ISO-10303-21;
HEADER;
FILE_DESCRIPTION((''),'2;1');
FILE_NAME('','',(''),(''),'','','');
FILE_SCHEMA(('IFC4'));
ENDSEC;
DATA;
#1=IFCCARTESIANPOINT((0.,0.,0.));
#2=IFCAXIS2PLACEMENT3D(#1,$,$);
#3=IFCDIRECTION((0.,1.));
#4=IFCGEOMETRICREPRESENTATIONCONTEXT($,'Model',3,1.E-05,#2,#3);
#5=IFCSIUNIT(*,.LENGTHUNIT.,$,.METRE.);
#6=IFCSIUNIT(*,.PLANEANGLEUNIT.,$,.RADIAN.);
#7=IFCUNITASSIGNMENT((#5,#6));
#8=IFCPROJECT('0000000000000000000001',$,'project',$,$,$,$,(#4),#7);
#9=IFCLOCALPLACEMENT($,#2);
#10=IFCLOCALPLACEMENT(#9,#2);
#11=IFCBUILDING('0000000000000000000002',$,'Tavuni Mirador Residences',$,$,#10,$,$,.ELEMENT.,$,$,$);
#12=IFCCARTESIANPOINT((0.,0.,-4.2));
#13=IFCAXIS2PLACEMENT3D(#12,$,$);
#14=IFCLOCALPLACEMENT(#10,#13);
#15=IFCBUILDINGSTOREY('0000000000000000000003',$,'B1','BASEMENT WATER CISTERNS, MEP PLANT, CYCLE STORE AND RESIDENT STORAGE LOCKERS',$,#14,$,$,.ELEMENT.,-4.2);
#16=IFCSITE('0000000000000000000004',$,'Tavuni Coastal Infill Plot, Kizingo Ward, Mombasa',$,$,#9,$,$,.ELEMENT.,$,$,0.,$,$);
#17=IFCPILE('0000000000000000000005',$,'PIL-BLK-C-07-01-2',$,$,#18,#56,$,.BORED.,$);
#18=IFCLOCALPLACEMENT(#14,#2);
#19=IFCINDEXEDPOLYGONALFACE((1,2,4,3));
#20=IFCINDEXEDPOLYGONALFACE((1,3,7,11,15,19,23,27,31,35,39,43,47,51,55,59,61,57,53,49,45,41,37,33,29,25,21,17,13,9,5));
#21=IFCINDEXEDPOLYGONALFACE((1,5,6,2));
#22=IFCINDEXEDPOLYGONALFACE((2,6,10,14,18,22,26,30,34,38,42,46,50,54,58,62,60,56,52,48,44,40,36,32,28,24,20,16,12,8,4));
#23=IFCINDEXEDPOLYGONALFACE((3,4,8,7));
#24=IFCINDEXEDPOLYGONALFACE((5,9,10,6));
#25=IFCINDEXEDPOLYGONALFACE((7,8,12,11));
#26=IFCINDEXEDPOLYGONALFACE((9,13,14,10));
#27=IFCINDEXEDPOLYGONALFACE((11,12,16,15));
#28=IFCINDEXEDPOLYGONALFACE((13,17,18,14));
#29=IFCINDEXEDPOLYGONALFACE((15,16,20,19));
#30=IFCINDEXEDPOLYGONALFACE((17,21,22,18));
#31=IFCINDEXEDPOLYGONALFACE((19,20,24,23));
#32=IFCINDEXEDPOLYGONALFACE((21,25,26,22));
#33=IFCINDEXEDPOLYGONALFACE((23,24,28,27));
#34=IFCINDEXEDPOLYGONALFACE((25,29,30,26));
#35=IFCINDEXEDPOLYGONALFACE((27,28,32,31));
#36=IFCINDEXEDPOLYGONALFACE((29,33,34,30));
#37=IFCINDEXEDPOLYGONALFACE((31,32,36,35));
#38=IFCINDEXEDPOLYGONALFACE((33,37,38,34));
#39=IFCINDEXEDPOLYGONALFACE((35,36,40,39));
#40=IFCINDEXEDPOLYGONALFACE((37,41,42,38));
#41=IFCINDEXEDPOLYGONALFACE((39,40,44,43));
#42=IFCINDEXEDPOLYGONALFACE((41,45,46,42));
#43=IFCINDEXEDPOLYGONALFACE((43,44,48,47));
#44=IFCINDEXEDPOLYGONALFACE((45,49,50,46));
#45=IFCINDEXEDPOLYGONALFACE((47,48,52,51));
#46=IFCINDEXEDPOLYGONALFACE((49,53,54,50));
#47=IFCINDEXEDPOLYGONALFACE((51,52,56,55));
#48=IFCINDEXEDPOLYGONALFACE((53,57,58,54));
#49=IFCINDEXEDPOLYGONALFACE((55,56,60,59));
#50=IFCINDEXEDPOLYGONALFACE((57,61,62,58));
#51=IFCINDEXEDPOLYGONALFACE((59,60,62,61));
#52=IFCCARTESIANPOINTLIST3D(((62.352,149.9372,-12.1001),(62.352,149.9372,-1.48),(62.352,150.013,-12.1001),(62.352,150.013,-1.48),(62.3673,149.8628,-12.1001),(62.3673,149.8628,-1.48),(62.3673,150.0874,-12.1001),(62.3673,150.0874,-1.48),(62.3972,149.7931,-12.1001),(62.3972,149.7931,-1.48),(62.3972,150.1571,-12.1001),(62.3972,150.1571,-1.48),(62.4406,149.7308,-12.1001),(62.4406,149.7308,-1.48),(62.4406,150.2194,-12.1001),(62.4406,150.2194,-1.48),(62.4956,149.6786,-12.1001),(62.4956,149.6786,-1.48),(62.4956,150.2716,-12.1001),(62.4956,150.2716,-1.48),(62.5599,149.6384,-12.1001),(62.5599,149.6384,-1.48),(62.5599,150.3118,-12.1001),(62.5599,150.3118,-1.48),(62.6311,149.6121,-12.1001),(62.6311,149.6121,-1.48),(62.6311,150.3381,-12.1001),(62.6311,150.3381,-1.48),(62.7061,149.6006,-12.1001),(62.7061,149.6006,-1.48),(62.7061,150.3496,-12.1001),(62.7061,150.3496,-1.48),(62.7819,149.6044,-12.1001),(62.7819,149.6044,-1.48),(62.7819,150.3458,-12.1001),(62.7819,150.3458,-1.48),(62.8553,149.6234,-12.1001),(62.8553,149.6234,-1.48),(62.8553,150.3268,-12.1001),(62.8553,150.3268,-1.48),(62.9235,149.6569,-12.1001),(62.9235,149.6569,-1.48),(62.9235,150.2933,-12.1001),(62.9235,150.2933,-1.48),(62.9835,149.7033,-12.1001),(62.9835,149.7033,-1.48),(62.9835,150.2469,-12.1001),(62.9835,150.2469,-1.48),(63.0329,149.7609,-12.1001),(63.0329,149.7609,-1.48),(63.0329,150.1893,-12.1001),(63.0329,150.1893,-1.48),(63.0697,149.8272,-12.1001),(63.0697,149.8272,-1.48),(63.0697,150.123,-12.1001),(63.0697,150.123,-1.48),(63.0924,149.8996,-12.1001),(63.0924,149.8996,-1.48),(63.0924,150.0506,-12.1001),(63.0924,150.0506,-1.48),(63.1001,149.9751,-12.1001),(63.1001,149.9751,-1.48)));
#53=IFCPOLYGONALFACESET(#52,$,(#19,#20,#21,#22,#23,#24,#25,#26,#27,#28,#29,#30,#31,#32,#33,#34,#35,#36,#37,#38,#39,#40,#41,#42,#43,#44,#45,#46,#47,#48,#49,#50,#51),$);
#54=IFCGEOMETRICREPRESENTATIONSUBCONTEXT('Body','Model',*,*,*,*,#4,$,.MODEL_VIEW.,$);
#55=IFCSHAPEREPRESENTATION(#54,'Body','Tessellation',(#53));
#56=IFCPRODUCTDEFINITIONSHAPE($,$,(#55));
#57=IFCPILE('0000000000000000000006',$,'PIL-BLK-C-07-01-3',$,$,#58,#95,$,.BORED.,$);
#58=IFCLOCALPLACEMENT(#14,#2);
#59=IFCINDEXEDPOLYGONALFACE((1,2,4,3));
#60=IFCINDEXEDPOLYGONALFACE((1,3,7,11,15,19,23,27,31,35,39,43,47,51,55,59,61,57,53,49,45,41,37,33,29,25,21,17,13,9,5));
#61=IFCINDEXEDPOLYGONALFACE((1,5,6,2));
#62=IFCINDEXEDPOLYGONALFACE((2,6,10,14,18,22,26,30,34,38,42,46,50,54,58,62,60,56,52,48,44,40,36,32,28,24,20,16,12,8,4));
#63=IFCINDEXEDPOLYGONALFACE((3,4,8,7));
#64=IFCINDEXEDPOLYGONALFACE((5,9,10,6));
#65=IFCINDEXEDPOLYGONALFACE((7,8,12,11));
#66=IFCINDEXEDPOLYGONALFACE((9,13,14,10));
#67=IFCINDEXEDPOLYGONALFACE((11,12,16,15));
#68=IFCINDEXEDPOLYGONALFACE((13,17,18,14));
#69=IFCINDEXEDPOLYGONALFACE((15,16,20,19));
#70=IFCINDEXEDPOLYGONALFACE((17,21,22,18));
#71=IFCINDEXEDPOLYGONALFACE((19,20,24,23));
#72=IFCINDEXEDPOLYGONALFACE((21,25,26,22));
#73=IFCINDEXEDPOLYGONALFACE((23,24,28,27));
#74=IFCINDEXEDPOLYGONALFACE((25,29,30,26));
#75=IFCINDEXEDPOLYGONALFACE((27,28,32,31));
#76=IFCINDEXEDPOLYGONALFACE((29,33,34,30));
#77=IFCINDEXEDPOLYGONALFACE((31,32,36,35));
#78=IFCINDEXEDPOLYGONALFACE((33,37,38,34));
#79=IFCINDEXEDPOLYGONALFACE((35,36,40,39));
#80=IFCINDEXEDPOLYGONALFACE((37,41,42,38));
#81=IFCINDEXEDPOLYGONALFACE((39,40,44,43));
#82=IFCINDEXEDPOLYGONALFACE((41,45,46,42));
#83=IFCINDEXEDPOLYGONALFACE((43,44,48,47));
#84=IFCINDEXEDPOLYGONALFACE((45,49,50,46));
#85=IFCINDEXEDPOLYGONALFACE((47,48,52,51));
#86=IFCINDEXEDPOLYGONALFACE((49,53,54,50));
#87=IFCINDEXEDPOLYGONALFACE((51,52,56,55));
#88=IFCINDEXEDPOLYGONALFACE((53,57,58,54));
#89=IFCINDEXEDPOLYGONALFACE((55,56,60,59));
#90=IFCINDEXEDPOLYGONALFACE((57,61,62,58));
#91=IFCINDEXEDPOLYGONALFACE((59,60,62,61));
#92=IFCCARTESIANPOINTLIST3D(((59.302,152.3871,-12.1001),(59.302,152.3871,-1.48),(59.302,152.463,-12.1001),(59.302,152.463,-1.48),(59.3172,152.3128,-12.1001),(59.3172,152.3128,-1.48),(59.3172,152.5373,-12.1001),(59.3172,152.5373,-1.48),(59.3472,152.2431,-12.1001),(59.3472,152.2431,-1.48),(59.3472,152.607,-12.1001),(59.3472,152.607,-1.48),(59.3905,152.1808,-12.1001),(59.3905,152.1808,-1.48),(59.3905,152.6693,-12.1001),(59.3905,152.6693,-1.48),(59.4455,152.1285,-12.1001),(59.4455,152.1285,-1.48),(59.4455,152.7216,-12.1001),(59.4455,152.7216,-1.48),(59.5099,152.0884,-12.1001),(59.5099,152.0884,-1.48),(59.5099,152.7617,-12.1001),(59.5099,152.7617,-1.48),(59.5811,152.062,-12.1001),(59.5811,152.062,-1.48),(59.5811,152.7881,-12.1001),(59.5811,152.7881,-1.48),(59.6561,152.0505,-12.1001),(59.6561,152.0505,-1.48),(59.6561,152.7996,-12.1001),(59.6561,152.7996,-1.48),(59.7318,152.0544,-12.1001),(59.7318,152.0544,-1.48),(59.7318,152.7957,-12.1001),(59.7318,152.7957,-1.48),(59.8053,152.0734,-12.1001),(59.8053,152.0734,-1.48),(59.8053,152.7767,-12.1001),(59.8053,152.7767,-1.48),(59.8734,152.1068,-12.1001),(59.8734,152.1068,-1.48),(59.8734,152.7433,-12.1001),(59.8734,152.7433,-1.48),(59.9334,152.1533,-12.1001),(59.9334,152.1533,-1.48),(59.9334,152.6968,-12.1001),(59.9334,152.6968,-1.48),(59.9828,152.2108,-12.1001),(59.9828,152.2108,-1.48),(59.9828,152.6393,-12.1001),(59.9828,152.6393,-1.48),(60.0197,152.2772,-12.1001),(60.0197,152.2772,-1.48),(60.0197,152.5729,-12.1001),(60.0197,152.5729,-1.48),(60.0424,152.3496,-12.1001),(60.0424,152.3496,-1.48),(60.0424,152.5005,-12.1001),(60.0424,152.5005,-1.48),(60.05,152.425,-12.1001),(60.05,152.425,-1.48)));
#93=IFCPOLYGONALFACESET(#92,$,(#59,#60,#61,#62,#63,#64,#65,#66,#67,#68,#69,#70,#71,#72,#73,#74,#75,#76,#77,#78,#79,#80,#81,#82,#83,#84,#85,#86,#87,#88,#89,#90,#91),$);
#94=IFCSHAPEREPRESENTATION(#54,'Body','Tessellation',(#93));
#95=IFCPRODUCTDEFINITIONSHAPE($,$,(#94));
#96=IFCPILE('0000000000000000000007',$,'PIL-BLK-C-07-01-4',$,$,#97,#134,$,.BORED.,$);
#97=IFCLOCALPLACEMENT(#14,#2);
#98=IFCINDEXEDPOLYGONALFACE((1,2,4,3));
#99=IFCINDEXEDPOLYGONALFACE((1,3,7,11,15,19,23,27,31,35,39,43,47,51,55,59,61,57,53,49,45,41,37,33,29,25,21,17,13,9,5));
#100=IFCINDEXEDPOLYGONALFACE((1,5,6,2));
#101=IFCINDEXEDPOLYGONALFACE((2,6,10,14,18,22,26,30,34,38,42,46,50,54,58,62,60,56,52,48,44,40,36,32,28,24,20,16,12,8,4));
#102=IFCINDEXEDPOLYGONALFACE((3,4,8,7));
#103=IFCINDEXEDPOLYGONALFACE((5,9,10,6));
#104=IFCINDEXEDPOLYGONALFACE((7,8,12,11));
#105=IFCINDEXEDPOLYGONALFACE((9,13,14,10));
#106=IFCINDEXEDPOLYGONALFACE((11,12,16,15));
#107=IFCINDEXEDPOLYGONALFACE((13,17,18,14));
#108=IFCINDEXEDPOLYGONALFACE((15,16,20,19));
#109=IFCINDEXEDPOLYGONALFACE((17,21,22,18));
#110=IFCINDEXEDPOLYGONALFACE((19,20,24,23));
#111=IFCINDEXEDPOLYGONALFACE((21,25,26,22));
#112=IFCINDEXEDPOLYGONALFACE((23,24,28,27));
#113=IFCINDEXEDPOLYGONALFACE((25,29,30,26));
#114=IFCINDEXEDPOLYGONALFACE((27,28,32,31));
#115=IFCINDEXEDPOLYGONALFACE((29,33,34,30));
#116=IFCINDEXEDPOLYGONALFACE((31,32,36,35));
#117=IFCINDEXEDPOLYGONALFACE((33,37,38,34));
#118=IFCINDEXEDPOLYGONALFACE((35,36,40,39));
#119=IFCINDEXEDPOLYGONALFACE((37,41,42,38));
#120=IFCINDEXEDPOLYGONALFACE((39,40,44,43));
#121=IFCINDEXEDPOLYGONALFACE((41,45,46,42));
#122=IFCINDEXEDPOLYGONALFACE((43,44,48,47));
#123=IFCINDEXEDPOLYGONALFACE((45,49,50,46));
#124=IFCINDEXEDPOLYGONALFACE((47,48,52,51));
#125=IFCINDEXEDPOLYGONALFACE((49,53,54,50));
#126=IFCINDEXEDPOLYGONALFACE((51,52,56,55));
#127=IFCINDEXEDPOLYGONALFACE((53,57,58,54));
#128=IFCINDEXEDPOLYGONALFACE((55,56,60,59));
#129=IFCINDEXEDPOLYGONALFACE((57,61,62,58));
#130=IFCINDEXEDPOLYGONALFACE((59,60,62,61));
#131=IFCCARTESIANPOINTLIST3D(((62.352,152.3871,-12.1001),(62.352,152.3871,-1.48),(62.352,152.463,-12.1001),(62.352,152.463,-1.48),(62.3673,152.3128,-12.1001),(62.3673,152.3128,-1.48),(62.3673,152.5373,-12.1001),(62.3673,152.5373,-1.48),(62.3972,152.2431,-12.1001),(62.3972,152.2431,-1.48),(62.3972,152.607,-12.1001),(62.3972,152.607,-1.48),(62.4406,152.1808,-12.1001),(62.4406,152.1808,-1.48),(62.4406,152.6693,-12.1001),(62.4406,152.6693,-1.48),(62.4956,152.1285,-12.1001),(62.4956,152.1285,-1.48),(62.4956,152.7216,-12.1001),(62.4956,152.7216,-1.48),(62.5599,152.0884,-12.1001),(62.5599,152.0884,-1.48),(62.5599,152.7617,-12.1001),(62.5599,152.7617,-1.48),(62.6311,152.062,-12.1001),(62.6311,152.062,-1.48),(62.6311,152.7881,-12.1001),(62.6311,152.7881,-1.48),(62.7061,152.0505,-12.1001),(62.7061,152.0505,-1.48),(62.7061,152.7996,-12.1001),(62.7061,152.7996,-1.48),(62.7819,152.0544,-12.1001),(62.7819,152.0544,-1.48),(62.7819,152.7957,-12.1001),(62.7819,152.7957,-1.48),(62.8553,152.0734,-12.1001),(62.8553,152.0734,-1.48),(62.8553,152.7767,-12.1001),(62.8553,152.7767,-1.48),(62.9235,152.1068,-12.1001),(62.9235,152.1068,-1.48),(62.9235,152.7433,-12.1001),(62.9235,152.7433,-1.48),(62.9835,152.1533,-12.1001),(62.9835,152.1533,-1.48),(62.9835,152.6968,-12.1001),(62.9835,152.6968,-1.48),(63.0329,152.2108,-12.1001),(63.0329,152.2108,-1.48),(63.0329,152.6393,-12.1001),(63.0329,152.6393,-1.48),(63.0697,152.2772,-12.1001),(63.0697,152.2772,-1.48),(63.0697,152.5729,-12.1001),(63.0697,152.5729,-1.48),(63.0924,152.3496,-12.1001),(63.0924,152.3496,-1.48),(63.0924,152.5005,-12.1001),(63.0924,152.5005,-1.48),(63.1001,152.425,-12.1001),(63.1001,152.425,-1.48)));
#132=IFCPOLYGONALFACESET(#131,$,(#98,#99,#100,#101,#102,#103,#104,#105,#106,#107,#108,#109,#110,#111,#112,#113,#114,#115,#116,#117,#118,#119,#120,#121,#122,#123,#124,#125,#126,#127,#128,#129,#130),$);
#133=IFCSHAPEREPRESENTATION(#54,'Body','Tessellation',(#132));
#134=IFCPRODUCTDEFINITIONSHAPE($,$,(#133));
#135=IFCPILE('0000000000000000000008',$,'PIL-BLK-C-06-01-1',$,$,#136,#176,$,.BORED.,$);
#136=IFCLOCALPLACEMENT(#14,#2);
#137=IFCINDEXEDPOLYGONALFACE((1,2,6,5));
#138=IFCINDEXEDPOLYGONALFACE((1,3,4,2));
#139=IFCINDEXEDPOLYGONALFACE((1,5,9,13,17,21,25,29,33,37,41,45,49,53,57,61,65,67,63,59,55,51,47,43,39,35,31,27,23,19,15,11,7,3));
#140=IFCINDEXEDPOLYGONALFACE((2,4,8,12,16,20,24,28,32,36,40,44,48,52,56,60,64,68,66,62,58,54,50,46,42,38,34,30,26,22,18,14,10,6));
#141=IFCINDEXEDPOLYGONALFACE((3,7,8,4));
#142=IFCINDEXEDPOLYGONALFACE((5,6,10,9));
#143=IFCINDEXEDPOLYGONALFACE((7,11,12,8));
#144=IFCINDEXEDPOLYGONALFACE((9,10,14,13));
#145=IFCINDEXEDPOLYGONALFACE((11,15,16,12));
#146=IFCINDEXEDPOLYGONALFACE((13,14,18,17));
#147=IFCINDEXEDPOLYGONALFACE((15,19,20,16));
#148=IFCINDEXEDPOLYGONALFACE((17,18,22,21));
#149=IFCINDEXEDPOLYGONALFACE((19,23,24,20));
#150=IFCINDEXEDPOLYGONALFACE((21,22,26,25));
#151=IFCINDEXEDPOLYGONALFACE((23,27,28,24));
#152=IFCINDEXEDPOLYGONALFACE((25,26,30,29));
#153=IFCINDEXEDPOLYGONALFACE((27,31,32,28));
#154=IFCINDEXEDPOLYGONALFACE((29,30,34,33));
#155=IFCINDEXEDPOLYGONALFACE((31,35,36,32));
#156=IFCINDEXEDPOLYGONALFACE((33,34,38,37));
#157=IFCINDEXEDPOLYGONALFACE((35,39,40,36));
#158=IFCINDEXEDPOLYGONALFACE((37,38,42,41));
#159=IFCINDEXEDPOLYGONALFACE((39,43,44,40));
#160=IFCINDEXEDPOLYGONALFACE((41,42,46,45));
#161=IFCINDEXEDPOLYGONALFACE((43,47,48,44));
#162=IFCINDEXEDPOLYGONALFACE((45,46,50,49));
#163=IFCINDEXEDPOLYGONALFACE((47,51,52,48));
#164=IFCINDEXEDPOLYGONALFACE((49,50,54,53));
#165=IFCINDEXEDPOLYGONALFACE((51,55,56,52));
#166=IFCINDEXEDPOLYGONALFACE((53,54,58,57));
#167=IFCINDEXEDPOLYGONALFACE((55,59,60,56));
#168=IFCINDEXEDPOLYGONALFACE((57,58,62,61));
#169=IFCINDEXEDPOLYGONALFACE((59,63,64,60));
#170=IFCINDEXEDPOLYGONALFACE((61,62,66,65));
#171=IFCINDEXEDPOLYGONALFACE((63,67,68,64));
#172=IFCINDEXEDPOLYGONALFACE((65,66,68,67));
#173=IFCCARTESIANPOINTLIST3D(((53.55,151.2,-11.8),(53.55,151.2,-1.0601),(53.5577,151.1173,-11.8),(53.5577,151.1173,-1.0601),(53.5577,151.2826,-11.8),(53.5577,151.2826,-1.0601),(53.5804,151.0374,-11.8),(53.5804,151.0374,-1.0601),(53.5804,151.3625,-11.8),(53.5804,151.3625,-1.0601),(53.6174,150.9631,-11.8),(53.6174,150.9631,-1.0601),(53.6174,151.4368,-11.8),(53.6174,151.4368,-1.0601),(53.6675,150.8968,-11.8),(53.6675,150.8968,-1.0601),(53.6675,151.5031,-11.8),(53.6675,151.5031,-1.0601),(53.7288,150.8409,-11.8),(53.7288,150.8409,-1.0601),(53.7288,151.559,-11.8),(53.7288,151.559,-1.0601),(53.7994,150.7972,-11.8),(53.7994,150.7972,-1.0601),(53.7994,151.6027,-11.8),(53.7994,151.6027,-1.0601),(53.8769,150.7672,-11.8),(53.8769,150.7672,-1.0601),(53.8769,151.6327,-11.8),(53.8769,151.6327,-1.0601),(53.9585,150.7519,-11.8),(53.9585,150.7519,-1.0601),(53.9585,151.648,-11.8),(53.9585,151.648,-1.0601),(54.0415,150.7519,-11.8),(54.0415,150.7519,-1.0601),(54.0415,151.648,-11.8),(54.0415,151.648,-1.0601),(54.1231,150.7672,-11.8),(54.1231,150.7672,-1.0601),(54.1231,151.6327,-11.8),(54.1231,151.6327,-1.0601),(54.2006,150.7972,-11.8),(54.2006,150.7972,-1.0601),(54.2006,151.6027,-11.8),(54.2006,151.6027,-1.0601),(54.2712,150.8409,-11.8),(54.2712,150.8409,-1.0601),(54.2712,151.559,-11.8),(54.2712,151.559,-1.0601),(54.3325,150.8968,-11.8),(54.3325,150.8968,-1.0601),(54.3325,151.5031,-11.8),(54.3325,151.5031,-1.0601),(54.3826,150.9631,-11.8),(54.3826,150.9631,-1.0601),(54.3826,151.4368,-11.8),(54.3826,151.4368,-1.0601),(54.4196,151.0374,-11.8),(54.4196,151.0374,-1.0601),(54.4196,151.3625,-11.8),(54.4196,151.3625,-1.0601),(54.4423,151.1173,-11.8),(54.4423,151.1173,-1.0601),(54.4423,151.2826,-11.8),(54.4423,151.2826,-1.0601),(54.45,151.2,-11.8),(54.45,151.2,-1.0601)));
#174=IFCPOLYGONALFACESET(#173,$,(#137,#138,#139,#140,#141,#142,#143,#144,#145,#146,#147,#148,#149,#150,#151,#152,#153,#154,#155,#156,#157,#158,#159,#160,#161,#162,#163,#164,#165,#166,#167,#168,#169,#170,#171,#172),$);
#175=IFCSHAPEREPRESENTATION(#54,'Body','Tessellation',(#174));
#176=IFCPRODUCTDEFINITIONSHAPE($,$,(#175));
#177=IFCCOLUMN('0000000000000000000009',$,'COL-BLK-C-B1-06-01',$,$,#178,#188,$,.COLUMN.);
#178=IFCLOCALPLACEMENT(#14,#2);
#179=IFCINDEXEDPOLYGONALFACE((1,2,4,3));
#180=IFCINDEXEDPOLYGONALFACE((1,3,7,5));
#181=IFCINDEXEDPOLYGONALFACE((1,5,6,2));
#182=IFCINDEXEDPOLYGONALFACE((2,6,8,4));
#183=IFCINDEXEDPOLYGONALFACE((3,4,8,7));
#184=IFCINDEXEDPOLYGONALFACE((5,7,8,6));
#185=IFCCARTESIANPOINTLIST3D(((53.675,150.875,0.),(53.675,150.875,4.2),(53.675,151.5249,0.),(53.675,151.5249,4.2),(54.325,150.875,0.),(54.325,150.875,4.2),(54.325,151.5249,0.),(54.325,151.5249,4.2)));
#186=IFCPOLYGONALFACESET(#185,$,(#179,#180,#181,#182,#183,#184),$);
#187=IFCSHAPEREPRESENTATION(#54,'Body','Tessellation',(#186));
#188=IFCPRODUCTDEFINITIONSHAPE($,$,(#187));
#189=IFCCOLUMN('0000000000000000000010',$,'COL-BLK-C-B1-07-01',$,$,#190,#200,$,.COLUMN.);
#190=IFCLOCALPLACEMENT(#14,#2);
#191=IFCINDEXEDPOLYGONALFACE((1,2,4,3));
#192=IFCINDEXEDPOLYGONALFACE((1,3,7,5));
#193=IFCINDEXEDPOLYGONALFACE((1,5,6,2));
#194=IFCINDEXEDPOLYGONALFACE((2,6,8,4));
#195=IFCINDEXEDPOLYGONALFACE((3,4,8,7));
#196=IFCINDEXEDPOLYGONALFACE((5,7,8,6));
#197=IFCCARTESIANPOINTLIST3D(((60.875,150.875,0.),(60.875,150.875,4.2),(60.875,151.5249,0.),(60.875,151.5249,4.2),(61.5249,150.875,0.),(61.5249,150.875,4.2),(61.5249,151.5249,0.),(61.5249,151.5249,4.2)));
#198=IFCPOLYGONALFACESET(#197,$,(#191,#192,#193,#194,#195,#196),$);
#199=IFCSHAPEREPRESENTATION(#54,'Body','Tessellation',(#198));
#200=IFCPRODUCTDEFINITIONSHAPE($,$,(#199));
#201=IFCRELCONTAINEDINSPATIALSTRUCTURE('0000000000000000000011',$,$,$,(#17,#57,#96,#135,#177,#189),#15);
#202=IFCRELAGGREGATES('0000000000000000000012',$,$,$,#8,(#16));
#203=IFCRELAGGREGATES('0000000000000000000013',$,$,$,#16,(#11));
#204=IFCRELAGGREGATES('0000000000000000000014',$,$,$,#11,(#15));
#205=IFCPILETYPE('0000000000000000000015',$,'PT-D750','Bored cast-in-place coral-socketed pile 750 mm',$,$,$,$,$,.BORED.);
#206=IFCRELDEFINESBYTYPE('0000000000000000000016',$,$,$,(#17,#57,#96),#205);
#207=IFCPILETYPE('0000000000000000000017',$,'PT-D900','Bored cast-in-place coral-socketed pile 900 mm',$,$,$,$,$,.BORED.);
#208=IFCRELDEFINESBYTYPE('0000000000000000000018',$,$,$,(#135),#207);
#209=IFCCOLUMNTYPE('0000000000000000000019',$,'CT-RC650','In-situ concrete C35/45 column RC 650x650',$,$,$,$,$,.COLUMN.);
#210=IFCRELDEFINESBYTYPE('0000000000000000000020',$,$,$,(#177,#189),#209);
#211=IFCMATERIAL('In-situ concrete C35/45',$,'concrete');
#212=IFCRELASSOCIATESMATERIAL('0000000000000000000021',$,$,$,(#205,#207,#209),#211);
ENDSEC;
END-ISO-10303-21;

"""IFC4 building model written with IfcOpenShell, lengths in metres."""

from ifc_helpers import new_model, si_unit, direction, frame, origin, origin_2d, place, context, subcontext, project, spatial, rectangle, circle, extrude, material, material_profile, profile_set, type_object, element, save


model = new_model("IFC4")

# Units and contexts
model_context = context("Model", 3, precision=1e-05, world=origin(), true_north=direction((0.0, 1.0)))
body_context = subcontext(model_context, "Body", "Model", "MODEL_VIEW")
ifc_project = project(units=[si_unit("LENGTHUNIT", "METRE"), si_unit("PLANEANGLEUNIT", "RADIAN")], contexts=[model_context])

# Site, building, storey
site_placement = place(None, origin())
site = spatial("IfcSite", under=ifc_project, at=site_placement, Name="Tavuni Coastal Infill Plot, Kizingo Ward, Mombasa", CompositionType="ELEMENT", RefElevation=0.0)
building_placement = place(site_placement, origin())
building = spatial("IfcBuilding", under=site, at=building_placement, Name="Tavuni Mirador Residences", CompositionType="ELEMENT")
storey_placement = place(building_placement, frame((0.0, 0.0, -4.2)))
storey = spatial("IfcBuildingStorey", under=building, at=storey_placement, Name="B1", Description="BASEMENT WATER CISTERNS, MEP PLANT, CYCLE STORE AND RESIDENT STORAGE LOCKERS", CompositionType="ELEMENT", Elevation=-4.2)

# Shared definitions
ifc_material_1 = material(Name="In-situ concrete C35/45", Category="concrete")

# Piles
ifc_material_profile_1 = material_profile(ifc_material_1, circle(Radius=0.375, at=origin_2d()), Name="PILE D750", Category="concrete")
ifc_profile_set_1 = profile_set([ifc_material_profile_1], Name="In-situ concrete C35/45")
pile_type_1 = type_object("IfcPileType", Name="PT-D750", Description="Bored cast-in-place coral-socketed pile 750 mm", PredefinedType="BORED", material=ifc_profile_set_1)
for number, where, z_axis, x_axis, name in (
    (1, (62.7251, 149.9751, -1.48), (0.0, 0.0, -1.0), (1.0, 0.0, 0.0), "PIL-BLK-C-07-01-2"),
    (2, (59.675, 152.425, -1.48), (0.0, 0.0, -1.0), (1.0, 0.0, 0.0), "PIL-BLK-C-07-01-3"),
    (3, (62.7251, 152.425, -1.48), (0.0, 0.0, -1.0), (1.0, 0.0, 0.0), "PIL-BLK-C-07-01-4"),
):
    element("IfcPile", number, at=place(storey_placement, frame(where, z_axis=z_axis, x_axis=x_axis)), inside=storey, type_object=pile_type_1, Name=name, PredefinedType="BORED", context=body_context, shape_type="SweptSolid", body=[
        extrude(circle(Radius=0.375, at=origin_2d()), origin(), (0.0, 0.0, 1.0), 10.6201),
    ])
ifc_material_profile_2 = material_profile(ifc_material_1, circle(Radius=0.45, at=origin_2d()), Name="PILE D900", Category="concrete")
ifc_profile_set_2 = profile_set([ifc_material_profile_2], Name="In-situ concrete C35/45")
pile_type_2 = type_object("IfcPileType", Name="PT-D900", Description="Bored cast-in-place coral-socketed pile 900 mm", PredefinedType="BORED", material=ifc_profile_set_2)
pile_1_placement = place(storey_placement, frame((54.0, 151.2, -1.0601), z_axis=(0.0, 0.0, -1.0), x_axis=(1.0, 0.0, 0.0)))
element("IfcPile", 4, at=pile_1_placement, inside=storey, type_object=pile_type_2, Name="PIL-BLK-C-06-01-1", PredefinedType="BORED", context=body_context, shape_type="SweptSolid", body=[
    extrude(circle(Radius=0.45, at=origin_2d()), origin(), (0.0, 0.0, 1.0), 10.74),
])

# Columns
ifc_material_profile_3 = material_profile(ifc_material_1, rectangle(XDim=0.6499, YDim=0.6499, at=origin_2d()), Name="RC 650x650", Category="concrete")
ifc_profile_set_3 = profile_set([ifc_material_profile_3], Name="In-situ concrete C35/45")
column_type = type_object("IfcColumnType", Name="CT-RC650", Description="In-situ concrete C35/45 column RC 650x650", PredefinedType="COLUMN", material=ifc_profile_set_3)
for number, where, z_axis, x_axis, name in (
    (5, (54.0, 151.2, 0.0), (0.0, 0.0, 1.0), (1.0, 0.0, 0.0), "COL-BLK-C-B1-06-01"),
    (6, (61.2, 151.2, 0.0), (0.0, 0.0, 1.0), (1.0, 0.0, 0.0), "COL-BLK-C-B1-07-01"),
):
    element("IfcColumn", number, at=place(storey_placement, frame(where, z_axis=z_axis, x_axis=x_axis)), inside=storey, type_object=column_type, Name=name, PredefinedType="COLUMN", context=body_context, shape_type="SweptSolid", body=[
        extrude(rectangle(XDim=0.6499, YDim=0.6499, at=origin_2d()), origin(), (0.0, 0.0, 1.0), 4.2),
    ])

save(model, "model.ifc")
